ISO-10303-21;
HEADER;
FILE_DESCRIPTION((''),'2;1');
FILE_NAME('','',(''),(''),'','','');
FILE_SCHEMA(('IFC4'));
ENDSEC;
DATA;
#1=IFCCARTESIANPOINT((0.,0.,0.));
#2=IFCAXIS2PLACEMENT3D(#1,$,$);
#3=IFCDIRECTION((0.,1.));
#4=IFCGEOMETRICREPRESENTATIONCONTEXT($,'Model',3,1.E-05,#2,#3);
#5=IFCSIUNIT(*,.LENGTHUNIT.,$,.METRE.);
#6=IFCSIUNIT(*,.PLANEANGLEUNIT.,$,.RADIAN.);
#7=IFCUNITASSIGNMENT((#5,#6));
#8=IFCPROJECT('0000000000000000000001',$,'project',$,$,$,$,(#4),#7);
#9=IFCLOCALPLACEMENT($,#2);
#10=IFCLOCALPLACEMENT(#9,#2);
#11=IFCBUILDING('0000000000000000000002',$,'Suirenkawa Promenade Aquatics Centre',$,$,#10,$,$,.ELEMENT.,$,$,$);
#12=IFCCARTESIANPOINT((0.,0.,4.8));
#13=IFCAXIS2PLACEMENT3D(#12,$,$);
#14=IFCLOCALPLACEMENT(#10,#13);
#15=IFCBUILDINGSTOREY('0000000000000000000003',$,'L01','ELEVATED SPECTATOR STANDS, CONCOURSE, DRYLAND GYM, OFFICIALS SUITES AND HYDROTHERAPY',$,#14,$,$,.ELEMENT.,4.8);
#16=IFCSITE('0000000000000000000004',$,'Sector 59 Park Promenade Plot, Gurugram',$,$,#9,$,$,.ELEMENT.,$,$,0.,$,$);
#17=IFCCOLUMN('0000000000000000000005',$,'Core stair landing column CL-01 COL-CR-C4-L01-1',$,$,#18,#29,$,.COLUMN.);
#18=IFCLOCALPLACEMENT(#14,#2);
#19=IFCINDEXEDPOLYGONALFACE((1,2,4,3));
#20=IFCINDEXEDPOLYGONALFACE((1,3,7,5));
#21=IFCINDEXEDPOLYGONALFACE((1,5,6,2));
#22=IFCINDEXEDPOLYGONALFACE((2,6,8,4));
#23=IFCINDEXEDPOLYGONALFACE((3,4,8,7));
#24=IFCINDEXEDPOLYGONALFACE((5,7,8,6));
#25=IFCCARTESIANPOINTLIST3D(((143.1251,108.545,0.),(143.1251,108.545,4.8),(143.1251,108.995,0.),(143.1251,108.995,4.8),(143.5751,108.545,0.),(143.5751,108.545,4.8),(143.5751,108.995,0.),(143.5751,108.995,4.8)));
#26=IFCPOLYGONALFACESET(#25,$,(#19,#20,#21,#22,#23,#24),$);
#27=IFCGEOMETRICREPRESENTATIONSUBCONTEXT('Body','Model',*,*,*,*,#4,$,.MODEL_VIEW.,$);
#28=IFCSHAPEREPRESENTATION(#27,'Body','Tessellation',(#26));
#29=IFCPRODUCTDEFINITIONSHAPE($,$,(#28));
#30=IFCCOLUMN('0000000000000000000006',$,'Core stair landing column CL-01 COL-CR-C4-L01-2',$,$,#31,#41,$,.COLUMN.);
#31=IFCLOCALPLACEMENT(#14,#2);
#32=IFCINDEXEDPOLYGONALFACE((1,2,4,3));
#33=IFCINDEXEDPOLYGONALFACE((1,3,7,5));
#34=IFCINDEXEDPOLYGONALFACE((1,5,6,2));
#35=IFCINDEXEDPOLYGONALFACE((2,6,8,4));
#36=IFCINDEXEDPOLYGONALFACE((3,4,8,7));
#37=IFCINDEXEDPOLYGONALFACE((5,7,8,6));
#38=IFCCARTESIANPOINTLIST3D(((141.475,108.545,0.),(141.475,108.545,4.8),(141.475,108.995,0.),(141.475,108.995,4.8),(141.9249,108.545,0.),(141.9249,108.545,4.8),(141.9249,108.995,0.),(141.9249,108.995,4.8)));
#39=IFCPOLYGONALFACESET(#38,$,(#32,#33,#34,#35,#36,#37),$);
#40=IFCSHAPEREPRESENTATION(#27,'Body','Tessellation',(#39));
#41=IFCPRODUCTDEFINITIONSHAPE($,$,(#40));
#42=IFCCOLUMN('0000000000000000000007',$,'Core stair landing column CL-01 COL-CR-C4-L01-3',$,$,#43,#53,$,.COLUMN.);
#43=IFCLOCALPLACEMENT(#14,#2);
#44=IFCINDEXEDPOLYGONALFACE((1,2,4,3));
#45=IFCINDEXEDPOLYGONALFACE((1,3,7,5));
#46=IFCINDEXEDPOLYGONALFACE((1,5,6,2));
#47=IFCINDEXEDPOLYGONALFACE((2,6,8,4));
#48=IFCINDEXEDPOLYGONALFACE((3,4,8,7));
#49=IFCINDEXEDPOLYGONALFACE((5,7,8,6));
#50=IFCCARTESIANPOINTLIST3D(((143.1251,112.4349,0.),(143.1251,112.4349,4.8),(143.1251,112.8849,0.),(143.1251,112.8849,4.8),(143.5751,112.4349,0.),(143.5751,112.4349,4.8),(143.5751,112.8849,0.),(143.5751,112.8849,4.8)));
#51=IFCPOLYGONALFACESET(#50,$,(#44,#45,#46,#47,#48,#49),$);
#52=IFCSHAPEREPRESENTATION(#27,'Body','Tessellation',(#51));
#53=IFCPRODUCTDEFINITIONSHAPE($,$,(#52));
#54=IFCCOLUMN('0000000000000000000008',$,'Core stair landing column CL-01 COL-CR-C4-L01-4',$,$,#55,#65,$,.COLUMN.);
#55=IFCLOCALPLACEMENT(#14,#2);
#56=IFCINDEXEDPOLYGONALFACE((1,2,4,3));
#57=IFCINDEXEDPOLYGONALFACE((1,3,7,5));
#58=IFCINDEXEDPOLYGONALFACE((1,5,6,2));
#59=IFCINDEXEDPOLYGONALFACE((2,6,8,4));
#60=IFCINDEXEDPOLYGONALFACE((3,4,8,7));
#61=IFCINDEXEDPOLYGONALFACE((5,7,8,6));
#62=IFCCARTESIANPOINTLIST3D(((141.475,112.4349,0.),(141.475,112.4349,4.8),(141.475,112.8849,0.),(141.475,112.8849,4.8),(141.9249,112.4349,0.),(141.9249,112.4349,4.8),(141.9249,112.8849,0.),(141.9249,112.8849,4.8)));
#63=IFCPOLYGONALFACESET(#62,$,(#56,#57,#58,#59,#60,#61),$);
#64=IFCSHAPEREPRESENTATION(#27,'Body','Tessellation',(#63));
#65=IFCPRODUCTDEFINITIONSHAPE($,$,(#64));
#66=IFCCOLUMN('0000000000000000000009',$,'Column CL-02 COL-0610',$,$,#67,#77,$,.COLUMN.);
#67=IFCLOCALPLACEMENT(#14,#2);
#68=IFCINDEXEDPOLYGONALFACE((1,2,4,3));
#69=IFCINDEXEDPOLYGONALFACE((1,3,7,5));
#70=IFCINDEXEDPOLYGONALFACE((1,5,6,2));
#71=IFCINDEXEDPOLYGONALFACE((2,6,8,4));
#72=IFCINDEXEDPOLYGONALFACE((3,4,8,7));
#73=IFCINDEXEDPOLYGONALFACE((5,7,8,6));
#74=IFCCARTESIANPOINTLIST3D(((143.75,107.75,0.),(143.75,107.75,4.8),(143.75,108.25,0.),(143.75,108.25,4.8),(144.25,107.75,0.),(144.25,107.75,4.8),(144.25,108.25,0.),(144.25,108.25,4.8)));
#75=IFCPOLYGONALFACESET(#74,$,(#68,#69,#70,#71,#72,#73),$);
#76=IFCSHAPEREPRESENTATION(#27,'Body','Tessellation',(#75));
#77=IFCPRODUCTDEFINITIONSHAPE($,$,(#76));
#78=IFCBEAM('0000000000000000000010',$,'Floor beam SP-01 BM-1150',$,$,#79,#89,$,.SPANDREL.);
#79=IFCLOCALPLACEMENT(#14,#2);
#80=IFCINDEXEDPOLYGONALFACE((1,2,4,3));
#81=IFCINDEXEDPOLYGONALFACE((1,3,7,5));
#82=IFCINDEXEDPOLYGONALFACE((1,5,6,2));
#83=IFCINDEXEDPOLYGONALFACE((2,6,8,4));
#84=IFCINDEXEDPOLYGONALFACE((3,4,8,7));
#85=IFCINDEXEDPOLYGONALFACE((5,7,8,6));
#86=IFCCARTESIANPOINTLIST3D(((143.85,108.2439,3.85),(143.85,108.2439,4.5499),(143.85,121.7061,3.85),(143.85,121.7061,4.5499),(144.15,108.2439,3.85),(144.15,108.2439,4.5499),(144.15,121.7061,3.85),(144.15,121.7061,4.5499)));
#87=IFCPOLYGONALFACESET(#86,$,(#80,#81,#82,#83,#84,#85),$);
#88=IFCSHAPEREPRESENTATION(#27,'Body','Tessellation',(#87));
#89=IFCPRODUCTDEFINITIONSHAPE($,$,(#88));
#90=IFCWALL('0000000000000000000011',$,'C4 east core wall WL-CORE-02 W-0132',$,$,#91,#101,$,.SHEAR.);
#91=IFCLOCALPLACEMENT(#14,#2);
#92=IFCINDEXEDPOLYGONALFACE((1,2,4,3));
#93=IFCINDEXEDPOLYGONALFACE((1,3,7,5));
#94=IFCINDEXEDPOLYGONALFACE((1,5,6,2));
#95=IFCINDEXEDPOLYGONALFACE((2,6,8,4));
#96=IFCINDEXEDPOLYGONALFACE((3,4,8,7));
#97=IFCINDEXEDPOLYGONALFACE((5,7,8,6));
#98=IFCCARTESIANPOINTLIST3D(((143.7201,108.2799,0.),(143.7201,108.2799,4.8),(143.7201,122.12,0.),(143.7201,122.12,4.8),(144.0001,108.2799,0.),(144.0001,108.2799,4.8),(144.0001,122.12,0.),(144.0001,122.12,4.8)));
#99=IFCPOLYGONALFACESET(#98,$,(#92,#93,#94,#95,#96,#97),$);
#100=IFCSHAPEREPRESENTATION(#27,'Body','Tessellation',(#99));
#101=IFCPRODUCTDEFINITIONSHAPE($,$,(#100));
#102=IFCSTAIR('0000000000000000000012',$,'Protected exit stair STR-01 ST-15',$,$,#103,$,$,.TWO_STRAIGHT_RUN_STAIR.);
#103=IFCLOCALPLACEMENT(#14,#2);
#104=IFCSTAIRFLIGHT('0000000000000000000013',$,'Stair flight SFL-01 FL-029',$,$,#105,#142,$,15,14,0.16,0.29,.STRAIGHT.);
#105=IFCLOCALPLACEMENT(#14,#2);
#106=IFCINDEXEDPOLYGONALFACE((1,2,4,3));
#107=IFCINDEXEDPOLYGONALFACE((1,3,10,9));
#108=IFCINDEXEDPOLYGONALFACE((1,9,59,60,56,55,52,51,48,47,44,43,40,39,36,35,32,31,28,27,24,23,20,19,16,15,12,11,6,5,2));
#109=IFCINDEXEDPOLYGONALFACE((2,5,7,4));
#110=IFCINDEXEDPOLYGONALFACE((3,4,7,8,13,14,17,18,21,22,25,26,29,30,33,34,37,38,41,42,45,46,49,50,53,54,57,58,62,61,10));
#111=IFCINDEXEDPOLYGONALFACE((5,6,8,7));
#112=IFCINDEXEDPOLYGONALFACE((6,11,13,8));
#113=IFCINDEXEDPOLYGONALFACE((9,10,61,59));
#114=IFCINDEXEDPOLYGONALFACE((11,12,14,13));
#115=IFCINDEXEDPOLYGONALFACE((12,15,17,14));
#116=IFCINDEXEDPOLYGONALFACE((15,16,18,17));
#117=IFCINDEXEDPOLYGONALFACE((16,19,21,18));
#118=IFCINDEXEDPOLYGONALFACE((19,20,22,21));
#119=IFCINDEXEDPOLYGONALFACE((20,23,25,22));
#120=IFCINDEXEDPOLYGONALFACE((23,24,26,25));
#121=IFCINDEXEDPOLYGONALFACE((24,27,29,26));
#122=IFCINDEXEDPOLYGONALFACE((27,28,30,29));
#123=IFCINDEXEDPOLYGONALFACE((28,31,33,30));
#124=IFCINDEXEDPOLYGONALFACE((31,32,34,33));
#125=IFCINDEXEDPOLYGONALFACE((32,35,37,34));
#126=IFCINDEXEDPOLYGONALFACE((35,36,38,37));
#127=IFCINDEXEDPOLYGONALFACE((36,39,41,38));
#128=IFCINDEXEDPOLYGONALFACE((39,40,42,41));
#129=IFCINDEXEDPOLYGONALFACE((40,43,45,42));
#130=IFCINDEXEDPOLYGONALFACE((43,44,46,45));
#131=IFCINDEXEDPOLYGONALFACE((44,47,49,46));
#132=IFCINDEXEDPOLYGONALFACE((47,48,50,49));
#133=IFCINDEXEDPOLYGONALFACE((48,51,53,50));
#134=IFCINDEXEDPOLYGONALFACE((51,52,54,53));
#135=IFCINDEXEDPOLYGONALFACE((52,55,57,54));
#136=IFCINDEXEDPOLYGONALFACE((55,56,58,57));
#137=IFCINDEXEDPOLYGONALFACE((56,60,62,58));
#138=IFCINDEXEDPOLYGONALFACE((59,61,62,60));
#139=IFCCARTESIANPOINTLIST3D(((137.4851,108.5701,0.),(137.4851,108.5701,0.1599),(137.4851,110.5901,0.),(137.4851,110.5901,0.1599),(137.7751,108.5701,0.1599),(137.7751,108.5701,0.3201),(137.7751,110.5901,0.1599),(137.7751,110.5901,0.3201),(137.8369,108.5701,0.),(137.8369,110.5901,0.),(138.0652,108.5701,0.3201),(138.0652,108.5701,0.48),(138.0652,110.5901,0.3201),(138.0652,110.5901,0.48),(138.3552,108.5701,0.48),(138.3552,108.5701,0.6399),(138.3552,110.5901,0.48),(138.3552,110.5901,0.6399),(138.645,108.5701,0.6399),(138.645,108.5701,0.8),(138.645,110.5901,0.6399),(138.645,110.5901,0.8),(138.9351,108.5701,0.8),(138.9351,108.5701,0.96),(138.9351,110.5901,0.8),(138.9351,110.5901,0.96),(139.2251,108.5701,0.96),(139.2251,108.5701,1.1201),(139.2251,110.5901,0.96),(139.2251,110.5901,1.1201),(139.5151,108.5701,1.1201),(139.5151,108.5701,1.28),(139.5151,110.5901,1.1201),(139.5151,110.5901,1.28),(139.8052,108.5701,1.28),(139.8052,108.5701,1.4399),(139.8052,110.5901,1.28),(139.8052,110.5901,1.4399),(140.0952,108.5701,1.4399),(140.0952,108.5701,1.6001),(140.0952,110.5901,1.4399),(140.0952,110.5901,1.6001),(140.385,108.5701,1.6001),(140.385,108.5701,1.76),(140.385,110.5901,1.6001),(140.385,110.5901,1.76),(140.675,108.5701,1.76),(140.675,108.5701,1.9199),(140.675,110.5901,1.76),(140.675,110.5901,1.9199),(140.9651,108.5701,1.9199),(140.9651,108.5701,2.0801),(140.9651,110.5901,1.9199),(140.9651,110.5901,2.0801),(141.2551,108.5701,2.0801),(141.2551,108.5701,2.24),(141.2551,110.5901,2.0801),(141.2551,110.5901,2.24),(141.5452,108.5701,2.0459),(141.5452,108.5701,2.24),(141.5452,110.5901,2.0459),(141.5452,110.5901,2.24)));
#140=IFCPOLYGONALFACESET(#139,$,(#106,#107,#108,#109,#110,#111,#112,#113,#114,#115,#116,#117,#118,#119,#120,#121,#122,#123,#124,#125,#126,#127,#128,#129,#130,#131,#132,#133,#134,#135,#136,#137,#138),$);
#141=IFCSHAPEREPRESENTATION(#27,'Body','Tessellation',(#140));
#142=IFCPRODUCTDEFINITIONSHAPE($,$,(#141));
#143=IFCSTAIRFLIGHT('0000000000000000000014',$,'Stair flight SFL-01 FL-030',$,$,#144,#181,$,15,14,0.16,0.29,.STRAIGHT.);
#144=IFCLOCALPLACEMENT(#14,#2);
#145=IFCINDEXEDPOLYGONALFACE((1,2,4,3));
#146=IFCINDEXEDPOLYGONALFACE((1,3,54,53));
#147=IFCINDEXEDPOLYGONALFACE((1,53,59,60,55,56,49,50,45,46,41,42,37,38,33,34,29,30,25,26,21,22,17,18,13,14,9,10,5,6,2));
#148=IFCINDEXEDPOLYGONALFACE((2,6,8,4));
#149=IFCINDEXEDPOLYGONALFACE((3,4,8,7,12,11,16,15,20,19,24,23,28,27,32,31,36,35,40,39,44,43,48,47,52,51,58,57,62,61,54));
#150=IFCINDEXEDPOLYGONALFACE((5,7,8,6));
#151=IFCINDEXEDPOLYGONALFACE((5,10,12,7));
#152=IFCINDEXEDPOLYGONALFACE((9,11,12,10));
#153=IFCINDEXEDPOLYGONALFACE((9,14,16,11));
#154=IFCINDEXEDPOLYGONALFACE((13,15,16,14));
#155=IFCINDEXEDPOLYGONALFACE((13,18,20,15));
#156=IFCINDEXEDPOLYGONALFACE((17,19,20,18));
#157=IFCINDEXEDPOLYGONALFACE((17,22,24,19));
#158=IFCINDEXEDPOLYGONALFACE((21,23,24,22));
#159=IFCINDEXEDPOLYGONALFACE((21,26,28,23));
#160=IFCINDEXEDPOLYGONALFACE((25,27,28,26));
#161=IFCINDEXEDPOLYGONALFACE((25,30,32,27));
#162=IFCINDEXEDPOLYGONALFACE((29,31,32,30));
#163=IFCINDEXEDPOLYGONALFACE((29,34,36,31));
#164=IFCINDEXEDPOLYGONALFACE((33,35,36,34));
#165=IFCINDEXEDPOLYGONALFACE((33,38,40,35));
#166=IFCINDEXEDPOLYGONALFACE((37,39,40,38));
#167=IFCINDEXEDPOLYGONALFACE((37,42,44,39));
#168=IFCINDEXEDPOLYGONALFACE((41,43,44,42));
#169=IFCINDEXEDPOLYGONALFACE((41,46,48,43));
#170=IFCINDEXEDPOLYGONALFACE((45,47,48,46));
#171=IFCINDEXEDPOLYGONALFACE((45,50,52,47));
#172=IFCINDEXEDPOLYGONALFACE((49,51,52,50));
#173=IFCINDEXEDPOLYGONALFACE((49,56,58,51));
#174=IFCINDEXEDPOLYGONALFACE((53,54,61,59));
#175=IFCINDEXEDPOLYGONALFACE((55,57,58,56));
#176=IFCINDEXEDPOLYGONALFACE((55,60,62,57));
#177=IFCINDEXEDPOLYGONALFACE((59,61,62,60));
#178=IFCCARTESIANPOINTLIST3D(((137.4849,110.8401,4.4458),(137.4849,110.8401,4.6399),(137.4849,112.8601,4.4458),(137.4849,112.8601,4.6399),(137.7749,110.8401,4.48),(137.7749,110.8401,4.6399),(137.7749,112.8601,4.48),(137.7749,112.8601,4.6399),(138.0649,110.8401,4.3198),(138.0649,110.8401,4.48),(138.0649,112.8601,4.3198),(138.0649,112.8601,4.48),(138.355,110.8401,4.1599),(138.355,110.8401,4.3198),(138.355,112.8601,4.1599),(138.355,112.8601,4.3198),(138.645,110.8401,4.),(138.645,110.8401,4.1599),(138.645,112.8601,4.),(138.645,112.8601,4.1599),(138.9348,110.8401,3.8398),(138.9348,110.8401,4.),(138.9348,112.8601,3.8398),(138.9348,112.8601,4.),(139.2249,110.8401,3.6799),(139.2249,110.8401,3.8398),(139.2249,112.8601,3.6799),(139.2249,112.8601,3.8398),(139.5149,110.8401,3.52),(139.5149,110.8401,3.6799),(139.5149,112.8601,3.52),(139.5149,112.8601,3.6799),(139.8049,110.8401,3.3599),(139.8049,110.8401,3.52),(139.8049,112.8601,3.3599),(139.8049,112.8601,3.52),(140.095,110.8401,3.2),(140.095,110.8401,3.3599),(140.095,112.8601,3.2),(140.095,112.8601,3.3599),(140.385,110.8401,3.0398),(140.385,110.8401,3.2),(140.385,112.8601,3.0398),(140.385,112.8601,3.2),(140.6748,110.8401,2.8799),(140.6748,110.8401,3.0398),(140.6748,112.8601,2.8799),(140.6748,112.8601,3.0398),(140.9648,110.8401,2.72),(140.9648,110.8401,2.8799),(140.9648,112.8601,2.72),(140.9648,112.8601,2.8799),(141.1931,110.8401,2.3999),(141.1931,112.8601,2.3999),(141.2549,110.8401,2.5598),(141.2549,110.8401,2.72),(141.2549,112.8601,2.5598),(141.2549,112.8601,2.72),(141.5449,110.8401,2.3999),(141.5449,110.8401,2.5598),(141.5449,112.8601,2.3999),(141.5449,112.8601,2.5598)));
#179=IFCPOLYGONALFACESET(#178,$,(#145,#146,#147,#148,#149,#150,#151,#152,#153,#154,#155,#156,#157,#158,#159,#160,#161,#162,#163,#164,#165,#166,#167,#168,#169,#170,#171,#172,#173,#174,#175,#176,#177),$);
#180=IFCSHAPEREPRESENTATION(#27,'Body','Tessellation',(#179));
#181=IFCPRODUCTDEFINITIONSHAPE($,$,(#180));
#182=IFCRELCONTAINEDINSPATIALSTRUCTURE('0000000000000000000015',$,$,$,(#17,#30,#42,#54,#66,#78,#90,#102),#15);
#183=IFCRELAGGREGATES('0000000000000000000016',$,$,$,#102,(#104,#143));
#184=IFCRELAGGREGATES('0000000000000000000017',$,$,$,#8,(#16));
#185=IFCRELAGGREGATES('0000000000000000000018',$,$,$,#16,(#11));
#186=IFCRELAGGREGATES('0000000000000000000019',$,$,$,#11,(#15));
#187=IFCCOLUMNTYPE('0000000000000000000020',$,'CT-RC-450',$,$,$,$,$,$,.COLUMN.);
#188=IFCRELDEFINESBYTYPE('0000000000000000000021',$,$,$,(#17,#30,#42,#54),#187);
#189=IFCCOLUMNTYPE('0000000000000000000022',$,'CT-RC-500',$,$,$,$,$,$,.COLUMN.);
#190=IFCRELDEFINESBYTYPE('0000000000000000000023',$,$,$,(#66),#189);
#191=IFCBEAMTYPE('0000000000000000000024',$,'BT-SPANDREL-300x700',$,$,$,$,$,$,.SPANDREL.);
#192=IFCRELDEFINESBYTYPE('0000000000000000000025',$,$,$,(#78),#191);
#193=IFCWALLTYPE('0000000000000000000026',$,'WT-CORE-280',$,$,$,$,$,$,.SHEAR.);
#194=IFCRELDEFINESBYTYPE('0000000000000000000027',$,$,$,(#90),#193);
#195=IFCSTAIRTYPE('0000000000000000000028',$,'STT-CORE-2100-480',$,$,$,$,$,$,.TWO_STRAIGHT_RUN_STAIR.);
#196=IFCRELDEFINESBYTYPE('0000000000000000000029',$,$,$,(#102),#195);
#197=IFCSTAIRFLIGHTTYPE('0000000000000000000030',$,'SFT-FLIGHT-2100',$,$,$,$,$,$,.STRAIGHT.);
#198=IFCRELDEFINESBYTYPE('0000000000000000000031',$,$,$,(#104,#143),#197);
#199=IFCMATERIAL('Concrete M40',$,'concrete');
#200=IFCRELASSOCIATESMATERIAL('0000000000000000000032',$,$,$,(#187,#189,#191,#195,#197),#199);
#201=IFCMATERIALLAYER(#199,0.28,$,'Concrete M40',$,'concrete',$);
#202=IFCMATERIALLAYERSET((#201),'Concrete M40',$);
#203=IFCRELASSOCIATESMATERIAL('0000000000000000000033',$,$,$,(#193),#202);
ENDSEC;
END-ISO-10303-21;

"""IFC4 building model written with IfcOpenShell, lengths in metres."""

from ifc_helpers import new_model, si_unit, direction, frame, frame_2d, origin, origin_2d, place, context, subcontext, project, spatial, polyline, rectangle, outline, extrude, material, layer, layer_set, material_profile, profile_set, type_object, element, aggregate, save


model = new_model("IFC4")

# Units and contexts
model_context = context("Model", 3, precision=1e-05, world=origin(), true_north=direction((0.0, 1.0)))
body_context = subcontext(model_context, "Body", "Model", "MODEL_VIEW")
ifc_project = project(units=[si_unit("LENGTHUNIT", "METRE"), si_unit("PLANEANGLEUNIT", "RADIAN")], contexts=[model_context])

# Site, building, storey
site_placement = place(None, origin())
site = spatial("IfcSite", under=ifc_project, at=site_placement, Name="Sector 59 Park Promenade Plot, Gurugram", CompositionType="ELEMENT", RefElevation=0.0)
building_placement = place(site_placement, origin())
building = spatial("IfcBuilding", under=site, at=building_placement, Name="Suirenkawa Promenade Aquatics Centre", CompositionType="ELEMENT")
storey_placement = place(building_placement, frame((0.0, 0.0, 4.8)))
storey = spatial("IfcBuildingStorey", under=building, at=storey_placement, Name="L01", Description="ELEVATED SPECTATOR STANDS, CONCOURSE, DRYLAND GYM, OFFICIALS SUITES AND HYDROTHERAPY", CompositionType="ELEMENT", Elevation=4.8)

# Columns
ifc_material_1 = material(Name="Concrete M40", Category="concrete")
ifc_material_profile_1 = material_profile(ifc_material_1, rectangle(XDim=0.45, YDim=0.45, at=origin_2d()), Name="RC COL 450x450", Category="concrete")
ifc_profile_set_1 = profile_set([ifc_material_profile_1], Name="Concrete M40")
column_type_1 = type_object("IfcColumnType", Name="CT-RC-450", PredefinedType="COLUMN", material=ifc_profile_set_1)
for number, where, z_axis, x_axis, name in (
    (1, (143.3501, 108.77, 0.0), (0.0, 0.0, 1.0), (1.0, 0.0, 0.0), "Core stair landing column CL-01 COL-CR-C4-L01-1"),
    (2, (141.7, 108.77, 0.0), (0.0, 0.0, 1.0), (1.0, 0.0, 0.0), "Core stair landing column CL-01 COL-CR-C4-L01-2"),
    (3, (143.3501, 112.6599, 0.0), (0.0, 0.0, 1.0), (1.0, 0.0, 0.0), "Core stair landing column CL-01 COL-CR-C4-L01-3"),
    (4, (141.7, 112.6599, 0.0), (0.0, 0.0, 1.0), (1.0, 0.0, 0.0), "Core stair landing column CL-01 COL-CR-C4-L01-4"),
):
    element("IfcColumn", number, at=place(storey_placement, frame(where, z_axis=z_axis, x_axis=x_axis)), inside=storey, type_object=column_type_1, Name=name, PredefinedType="COLUMN", context=body_context, shape_type="SweptSolid", body=[
        extrude(rectangle(XDim=0.45, YDim=0.45, at=origin_2d()), origin(), (0.0, 0.0, 1.0), 4.8),
    ])
ifc_material_profile_2 = material_profile(ifc_material_1, rectangle(XDim=0.5, YDim=0.5, at=origin_2d()), Name="RC COL 500x500", Category="concrete")
ifc_profile_set_2 = profile_set([ifc_material_profile_2], Name="Concrete M40")
column_type_2 = type_object("IfcColumnType", Name="CT-RC-500", PredefinedType="COLUMN", material=ifc_profile_set_2)
column_placement = place(storey_placement, frame((144.0, 108.0, 0.0), z_axis=(0.0, 0.0, 1.0), x_axis=(1.0, 0.0, 0.0)))
element("IfcColumn", 5, at=column_placement, inside=storey, type_object=column_type_2, Name="Column CL-02 COL-0610", PredefinedType="COLUMN", context=body_context, shape_type="SweptSolid", body=[
    extrude(rectangle(XDim=0.5, YDim=0.5, at=origin_2d()), origin(), (0.0, 0.0, 1.0), 4.8),
])

# Beam
ifc_material_profile_3 = material_profile(ifc_material_1, rectangle(XDim=0.3, YDim=0.7, at=origin_2d()), Name="RC SPANDREL 300x700", Category="concrete")
ifc_profile_set_3 = profile_set([ifc_material_profile_3], Name="Concrete M40")
beam_type = type_object("IfcBeamType", Name="BT-SPANDREL-300x700", PredefinedType="SPANDREL", material=ifc_profile_set_3)
beam_placement = place(storey_placement, frame((144.0, 108.2439, 4.2), z_axis=(0.0, 1.0, 0.0), x_axis=(-1.0, 0.0, 0.0)))
element("IfcBeam", 6, at=beam_placement, inside=storey, type_object=beam_type, Name="Floor beam SP-01 BM-1150", PredefinedType="SPANDREL", context=body_context, shape_type="SweptSolid", body=[
    extrude(rectangle(XDim=0.3, YDim=0.7, at=origin_2d()), origin(), (0.0, 0.0, 1.0), 13.4622),
])

# Wall
ifc_layer = layer(ifc_material_1, 0.28, Name="Concrete M40", Category="concrete")
ifc_layer_set = layer_set([ifc_layer], Name="Concrete M40")
wall_type = type_object("IfcWallType", Name="WT-CORE-280", PredefinedType="SHEAR", material=ifc_layer_set)
wall_placement = place(storey_placement, frame((143.8601, 108.28, 0.0), z_axis=(0.0, 0.0, 1.0), x_axis=(0.0, 1.0, 0.0)))
element("IfcWall", 7, at=wall_placement, inside=storey, type_object=wall_type, Name="C4 east core wall WL-CORE-02 W-0132", PredefinedType="SHEAR", context=body_context, shape_type="SweptSolid", body=[
    extrude(rectangle(XDim=13.8401, YDim=0.28, at=frame_2d((6.9199, 0.0))), origin(), (0.0, 0.0, 1.0), 4.8),
])

# Stair, stair flights
stair_type = type_object("IfcStairType", Name="STT-CORE-2100-480", PredefinedType="TWO_STRAIGHT_RUN_STAIR", material=ifc_material_1)
stair_placement = place(storey_placement, origin())
stair = element("IfcStair", 8, at=stair_placement, inside=storey, type_object=stair_type, Name="Protected exit stair STR-01 ST-15", PredefinedType="TWO_STRAIGHT_RUN_STAIR")
stair_flight_type = type_object("IfcStairFlightType", Name="SFT-FLIGHT-2100", PredefinedType="STRAIGHT", material=ifc_material_1)
stair_flight_1_placement = place(storey_placement, frame((137.4851, 109.5801, 0.0), z_axis=(0.0, 0.0, 1.0), x_axis=(1.0, 0.0, 0.0)))
stair_flight_1 = element("IfcStairFlight", 9, at=stair_flight_1_placement, type_object=stair_flight_type, Name="Stair flight SFL-01 FL-029", NumberOfRisers=15, NumberOfTreads=14, PredefinedType="STRAIGHT", RiserHeight=0.16, TreadLength=0.29, context=body_context, shape_type="SweptSolid", body=[
    extrude(outline(polyline([(0.0, 0.0), (0.0, 0.1599), (0.29, 0.1599), (0.29, 0.3201), (0.5801, 0.3201), (0.5801, 0.48), (0.8701, 0.48), (0.8701, 0.6399), (1.1599, 0.6399), (1.1599, 0.8), (1.45, 0.8), (1.45, 0.96), (1.74, 0.96), (1.74, 1.1201), (2.03, 1.1201), (2.03, 1.28), (2.3201, 1.28), (2.3201, 1.4399), (2.6101, 1.4399), (2.6101, 1.6001), (2.8999, 1.6001), (2.8999, 1.76), (3.1899, 1.76), (3.1899, 1.9199), (3.48, 1.9199), (3.48, 2.0801), (3.77, 2.0801), (3.77, 2.24), (4.0601, 2.24), (4.0601, 2.3999), (4.0601, 2.0459), (0.3518, 0.0), (0.0, 0.0)])), frame((0.0, 1.01, 0.0), z_axis=(0.0, -1.0, 0.0), x_axis=(1.0, 0.0, 0.0)), (0.0, 0.0, 1.0), 2.02),
])
stair_flight_2_placement = place(storey_placement, frame((141.5449, 111.8501, 2.3999), z_axis=(0.0, 0.0, 1.0), x_axis=(-1.0, 0.0, 0.0)))
stair_flight_2 = element("IfcStairFlight", 10, at=stair_flight_2_placement, type_object=stair_flight_type, Name="Stair flight SFL-01 FL-030", NumberOfRisers=15, NumberOfTreads=14, PredefinedType="STRAIGHT", RiserHeight=0.16, TreadLength=0.29, context=body_context, shape_type="SweptSolid", body=[
    extrude(outline(polyline([(0.0, 0.0), (0.0, 0.1599), (0.29, 0.1599), (0.29, 0.3201), (0.5801, 0.3201), (0.5801, 0.48), (0.8701, 0.48), (0.8701, 0.6399), (1.1599, 0.6399), (1.1599, 0.8), (1.45, 0.8), (1.45, 0.96), (1.74, 0.96), (1.74, 1.1201), (2.03, 1.1201), (2.03, 1.28), (2.3201, 1.28), (2.3201, 1.4399), (2.6101, 1.4399), (2.6101, 1.6001), (2.8999, 1.6001), (2.8999, 1.76), (3.1899, 1.76), (3.1899, 1.9199), (3.48, 1.9199), (3.48, 2.0801), (3.77, 2.0801), (3.77, 2.24), (4.0601, 2.24), (4.0601, 2.3999), (4.0601, 2.0459), (0.3518, 0.0), (0.0, 0.0)])), frame((0.0, 1.01, 0.0), z_axis=(0.0, -1.0, 0.0), x_axis=(1.0, 0.0, 0.0)), (0.0, 0.0, 1.0), 2.02),
])
aggregate(stair, [stair_flight_1, stair_flight_2])

save(model, "model.ifc")
